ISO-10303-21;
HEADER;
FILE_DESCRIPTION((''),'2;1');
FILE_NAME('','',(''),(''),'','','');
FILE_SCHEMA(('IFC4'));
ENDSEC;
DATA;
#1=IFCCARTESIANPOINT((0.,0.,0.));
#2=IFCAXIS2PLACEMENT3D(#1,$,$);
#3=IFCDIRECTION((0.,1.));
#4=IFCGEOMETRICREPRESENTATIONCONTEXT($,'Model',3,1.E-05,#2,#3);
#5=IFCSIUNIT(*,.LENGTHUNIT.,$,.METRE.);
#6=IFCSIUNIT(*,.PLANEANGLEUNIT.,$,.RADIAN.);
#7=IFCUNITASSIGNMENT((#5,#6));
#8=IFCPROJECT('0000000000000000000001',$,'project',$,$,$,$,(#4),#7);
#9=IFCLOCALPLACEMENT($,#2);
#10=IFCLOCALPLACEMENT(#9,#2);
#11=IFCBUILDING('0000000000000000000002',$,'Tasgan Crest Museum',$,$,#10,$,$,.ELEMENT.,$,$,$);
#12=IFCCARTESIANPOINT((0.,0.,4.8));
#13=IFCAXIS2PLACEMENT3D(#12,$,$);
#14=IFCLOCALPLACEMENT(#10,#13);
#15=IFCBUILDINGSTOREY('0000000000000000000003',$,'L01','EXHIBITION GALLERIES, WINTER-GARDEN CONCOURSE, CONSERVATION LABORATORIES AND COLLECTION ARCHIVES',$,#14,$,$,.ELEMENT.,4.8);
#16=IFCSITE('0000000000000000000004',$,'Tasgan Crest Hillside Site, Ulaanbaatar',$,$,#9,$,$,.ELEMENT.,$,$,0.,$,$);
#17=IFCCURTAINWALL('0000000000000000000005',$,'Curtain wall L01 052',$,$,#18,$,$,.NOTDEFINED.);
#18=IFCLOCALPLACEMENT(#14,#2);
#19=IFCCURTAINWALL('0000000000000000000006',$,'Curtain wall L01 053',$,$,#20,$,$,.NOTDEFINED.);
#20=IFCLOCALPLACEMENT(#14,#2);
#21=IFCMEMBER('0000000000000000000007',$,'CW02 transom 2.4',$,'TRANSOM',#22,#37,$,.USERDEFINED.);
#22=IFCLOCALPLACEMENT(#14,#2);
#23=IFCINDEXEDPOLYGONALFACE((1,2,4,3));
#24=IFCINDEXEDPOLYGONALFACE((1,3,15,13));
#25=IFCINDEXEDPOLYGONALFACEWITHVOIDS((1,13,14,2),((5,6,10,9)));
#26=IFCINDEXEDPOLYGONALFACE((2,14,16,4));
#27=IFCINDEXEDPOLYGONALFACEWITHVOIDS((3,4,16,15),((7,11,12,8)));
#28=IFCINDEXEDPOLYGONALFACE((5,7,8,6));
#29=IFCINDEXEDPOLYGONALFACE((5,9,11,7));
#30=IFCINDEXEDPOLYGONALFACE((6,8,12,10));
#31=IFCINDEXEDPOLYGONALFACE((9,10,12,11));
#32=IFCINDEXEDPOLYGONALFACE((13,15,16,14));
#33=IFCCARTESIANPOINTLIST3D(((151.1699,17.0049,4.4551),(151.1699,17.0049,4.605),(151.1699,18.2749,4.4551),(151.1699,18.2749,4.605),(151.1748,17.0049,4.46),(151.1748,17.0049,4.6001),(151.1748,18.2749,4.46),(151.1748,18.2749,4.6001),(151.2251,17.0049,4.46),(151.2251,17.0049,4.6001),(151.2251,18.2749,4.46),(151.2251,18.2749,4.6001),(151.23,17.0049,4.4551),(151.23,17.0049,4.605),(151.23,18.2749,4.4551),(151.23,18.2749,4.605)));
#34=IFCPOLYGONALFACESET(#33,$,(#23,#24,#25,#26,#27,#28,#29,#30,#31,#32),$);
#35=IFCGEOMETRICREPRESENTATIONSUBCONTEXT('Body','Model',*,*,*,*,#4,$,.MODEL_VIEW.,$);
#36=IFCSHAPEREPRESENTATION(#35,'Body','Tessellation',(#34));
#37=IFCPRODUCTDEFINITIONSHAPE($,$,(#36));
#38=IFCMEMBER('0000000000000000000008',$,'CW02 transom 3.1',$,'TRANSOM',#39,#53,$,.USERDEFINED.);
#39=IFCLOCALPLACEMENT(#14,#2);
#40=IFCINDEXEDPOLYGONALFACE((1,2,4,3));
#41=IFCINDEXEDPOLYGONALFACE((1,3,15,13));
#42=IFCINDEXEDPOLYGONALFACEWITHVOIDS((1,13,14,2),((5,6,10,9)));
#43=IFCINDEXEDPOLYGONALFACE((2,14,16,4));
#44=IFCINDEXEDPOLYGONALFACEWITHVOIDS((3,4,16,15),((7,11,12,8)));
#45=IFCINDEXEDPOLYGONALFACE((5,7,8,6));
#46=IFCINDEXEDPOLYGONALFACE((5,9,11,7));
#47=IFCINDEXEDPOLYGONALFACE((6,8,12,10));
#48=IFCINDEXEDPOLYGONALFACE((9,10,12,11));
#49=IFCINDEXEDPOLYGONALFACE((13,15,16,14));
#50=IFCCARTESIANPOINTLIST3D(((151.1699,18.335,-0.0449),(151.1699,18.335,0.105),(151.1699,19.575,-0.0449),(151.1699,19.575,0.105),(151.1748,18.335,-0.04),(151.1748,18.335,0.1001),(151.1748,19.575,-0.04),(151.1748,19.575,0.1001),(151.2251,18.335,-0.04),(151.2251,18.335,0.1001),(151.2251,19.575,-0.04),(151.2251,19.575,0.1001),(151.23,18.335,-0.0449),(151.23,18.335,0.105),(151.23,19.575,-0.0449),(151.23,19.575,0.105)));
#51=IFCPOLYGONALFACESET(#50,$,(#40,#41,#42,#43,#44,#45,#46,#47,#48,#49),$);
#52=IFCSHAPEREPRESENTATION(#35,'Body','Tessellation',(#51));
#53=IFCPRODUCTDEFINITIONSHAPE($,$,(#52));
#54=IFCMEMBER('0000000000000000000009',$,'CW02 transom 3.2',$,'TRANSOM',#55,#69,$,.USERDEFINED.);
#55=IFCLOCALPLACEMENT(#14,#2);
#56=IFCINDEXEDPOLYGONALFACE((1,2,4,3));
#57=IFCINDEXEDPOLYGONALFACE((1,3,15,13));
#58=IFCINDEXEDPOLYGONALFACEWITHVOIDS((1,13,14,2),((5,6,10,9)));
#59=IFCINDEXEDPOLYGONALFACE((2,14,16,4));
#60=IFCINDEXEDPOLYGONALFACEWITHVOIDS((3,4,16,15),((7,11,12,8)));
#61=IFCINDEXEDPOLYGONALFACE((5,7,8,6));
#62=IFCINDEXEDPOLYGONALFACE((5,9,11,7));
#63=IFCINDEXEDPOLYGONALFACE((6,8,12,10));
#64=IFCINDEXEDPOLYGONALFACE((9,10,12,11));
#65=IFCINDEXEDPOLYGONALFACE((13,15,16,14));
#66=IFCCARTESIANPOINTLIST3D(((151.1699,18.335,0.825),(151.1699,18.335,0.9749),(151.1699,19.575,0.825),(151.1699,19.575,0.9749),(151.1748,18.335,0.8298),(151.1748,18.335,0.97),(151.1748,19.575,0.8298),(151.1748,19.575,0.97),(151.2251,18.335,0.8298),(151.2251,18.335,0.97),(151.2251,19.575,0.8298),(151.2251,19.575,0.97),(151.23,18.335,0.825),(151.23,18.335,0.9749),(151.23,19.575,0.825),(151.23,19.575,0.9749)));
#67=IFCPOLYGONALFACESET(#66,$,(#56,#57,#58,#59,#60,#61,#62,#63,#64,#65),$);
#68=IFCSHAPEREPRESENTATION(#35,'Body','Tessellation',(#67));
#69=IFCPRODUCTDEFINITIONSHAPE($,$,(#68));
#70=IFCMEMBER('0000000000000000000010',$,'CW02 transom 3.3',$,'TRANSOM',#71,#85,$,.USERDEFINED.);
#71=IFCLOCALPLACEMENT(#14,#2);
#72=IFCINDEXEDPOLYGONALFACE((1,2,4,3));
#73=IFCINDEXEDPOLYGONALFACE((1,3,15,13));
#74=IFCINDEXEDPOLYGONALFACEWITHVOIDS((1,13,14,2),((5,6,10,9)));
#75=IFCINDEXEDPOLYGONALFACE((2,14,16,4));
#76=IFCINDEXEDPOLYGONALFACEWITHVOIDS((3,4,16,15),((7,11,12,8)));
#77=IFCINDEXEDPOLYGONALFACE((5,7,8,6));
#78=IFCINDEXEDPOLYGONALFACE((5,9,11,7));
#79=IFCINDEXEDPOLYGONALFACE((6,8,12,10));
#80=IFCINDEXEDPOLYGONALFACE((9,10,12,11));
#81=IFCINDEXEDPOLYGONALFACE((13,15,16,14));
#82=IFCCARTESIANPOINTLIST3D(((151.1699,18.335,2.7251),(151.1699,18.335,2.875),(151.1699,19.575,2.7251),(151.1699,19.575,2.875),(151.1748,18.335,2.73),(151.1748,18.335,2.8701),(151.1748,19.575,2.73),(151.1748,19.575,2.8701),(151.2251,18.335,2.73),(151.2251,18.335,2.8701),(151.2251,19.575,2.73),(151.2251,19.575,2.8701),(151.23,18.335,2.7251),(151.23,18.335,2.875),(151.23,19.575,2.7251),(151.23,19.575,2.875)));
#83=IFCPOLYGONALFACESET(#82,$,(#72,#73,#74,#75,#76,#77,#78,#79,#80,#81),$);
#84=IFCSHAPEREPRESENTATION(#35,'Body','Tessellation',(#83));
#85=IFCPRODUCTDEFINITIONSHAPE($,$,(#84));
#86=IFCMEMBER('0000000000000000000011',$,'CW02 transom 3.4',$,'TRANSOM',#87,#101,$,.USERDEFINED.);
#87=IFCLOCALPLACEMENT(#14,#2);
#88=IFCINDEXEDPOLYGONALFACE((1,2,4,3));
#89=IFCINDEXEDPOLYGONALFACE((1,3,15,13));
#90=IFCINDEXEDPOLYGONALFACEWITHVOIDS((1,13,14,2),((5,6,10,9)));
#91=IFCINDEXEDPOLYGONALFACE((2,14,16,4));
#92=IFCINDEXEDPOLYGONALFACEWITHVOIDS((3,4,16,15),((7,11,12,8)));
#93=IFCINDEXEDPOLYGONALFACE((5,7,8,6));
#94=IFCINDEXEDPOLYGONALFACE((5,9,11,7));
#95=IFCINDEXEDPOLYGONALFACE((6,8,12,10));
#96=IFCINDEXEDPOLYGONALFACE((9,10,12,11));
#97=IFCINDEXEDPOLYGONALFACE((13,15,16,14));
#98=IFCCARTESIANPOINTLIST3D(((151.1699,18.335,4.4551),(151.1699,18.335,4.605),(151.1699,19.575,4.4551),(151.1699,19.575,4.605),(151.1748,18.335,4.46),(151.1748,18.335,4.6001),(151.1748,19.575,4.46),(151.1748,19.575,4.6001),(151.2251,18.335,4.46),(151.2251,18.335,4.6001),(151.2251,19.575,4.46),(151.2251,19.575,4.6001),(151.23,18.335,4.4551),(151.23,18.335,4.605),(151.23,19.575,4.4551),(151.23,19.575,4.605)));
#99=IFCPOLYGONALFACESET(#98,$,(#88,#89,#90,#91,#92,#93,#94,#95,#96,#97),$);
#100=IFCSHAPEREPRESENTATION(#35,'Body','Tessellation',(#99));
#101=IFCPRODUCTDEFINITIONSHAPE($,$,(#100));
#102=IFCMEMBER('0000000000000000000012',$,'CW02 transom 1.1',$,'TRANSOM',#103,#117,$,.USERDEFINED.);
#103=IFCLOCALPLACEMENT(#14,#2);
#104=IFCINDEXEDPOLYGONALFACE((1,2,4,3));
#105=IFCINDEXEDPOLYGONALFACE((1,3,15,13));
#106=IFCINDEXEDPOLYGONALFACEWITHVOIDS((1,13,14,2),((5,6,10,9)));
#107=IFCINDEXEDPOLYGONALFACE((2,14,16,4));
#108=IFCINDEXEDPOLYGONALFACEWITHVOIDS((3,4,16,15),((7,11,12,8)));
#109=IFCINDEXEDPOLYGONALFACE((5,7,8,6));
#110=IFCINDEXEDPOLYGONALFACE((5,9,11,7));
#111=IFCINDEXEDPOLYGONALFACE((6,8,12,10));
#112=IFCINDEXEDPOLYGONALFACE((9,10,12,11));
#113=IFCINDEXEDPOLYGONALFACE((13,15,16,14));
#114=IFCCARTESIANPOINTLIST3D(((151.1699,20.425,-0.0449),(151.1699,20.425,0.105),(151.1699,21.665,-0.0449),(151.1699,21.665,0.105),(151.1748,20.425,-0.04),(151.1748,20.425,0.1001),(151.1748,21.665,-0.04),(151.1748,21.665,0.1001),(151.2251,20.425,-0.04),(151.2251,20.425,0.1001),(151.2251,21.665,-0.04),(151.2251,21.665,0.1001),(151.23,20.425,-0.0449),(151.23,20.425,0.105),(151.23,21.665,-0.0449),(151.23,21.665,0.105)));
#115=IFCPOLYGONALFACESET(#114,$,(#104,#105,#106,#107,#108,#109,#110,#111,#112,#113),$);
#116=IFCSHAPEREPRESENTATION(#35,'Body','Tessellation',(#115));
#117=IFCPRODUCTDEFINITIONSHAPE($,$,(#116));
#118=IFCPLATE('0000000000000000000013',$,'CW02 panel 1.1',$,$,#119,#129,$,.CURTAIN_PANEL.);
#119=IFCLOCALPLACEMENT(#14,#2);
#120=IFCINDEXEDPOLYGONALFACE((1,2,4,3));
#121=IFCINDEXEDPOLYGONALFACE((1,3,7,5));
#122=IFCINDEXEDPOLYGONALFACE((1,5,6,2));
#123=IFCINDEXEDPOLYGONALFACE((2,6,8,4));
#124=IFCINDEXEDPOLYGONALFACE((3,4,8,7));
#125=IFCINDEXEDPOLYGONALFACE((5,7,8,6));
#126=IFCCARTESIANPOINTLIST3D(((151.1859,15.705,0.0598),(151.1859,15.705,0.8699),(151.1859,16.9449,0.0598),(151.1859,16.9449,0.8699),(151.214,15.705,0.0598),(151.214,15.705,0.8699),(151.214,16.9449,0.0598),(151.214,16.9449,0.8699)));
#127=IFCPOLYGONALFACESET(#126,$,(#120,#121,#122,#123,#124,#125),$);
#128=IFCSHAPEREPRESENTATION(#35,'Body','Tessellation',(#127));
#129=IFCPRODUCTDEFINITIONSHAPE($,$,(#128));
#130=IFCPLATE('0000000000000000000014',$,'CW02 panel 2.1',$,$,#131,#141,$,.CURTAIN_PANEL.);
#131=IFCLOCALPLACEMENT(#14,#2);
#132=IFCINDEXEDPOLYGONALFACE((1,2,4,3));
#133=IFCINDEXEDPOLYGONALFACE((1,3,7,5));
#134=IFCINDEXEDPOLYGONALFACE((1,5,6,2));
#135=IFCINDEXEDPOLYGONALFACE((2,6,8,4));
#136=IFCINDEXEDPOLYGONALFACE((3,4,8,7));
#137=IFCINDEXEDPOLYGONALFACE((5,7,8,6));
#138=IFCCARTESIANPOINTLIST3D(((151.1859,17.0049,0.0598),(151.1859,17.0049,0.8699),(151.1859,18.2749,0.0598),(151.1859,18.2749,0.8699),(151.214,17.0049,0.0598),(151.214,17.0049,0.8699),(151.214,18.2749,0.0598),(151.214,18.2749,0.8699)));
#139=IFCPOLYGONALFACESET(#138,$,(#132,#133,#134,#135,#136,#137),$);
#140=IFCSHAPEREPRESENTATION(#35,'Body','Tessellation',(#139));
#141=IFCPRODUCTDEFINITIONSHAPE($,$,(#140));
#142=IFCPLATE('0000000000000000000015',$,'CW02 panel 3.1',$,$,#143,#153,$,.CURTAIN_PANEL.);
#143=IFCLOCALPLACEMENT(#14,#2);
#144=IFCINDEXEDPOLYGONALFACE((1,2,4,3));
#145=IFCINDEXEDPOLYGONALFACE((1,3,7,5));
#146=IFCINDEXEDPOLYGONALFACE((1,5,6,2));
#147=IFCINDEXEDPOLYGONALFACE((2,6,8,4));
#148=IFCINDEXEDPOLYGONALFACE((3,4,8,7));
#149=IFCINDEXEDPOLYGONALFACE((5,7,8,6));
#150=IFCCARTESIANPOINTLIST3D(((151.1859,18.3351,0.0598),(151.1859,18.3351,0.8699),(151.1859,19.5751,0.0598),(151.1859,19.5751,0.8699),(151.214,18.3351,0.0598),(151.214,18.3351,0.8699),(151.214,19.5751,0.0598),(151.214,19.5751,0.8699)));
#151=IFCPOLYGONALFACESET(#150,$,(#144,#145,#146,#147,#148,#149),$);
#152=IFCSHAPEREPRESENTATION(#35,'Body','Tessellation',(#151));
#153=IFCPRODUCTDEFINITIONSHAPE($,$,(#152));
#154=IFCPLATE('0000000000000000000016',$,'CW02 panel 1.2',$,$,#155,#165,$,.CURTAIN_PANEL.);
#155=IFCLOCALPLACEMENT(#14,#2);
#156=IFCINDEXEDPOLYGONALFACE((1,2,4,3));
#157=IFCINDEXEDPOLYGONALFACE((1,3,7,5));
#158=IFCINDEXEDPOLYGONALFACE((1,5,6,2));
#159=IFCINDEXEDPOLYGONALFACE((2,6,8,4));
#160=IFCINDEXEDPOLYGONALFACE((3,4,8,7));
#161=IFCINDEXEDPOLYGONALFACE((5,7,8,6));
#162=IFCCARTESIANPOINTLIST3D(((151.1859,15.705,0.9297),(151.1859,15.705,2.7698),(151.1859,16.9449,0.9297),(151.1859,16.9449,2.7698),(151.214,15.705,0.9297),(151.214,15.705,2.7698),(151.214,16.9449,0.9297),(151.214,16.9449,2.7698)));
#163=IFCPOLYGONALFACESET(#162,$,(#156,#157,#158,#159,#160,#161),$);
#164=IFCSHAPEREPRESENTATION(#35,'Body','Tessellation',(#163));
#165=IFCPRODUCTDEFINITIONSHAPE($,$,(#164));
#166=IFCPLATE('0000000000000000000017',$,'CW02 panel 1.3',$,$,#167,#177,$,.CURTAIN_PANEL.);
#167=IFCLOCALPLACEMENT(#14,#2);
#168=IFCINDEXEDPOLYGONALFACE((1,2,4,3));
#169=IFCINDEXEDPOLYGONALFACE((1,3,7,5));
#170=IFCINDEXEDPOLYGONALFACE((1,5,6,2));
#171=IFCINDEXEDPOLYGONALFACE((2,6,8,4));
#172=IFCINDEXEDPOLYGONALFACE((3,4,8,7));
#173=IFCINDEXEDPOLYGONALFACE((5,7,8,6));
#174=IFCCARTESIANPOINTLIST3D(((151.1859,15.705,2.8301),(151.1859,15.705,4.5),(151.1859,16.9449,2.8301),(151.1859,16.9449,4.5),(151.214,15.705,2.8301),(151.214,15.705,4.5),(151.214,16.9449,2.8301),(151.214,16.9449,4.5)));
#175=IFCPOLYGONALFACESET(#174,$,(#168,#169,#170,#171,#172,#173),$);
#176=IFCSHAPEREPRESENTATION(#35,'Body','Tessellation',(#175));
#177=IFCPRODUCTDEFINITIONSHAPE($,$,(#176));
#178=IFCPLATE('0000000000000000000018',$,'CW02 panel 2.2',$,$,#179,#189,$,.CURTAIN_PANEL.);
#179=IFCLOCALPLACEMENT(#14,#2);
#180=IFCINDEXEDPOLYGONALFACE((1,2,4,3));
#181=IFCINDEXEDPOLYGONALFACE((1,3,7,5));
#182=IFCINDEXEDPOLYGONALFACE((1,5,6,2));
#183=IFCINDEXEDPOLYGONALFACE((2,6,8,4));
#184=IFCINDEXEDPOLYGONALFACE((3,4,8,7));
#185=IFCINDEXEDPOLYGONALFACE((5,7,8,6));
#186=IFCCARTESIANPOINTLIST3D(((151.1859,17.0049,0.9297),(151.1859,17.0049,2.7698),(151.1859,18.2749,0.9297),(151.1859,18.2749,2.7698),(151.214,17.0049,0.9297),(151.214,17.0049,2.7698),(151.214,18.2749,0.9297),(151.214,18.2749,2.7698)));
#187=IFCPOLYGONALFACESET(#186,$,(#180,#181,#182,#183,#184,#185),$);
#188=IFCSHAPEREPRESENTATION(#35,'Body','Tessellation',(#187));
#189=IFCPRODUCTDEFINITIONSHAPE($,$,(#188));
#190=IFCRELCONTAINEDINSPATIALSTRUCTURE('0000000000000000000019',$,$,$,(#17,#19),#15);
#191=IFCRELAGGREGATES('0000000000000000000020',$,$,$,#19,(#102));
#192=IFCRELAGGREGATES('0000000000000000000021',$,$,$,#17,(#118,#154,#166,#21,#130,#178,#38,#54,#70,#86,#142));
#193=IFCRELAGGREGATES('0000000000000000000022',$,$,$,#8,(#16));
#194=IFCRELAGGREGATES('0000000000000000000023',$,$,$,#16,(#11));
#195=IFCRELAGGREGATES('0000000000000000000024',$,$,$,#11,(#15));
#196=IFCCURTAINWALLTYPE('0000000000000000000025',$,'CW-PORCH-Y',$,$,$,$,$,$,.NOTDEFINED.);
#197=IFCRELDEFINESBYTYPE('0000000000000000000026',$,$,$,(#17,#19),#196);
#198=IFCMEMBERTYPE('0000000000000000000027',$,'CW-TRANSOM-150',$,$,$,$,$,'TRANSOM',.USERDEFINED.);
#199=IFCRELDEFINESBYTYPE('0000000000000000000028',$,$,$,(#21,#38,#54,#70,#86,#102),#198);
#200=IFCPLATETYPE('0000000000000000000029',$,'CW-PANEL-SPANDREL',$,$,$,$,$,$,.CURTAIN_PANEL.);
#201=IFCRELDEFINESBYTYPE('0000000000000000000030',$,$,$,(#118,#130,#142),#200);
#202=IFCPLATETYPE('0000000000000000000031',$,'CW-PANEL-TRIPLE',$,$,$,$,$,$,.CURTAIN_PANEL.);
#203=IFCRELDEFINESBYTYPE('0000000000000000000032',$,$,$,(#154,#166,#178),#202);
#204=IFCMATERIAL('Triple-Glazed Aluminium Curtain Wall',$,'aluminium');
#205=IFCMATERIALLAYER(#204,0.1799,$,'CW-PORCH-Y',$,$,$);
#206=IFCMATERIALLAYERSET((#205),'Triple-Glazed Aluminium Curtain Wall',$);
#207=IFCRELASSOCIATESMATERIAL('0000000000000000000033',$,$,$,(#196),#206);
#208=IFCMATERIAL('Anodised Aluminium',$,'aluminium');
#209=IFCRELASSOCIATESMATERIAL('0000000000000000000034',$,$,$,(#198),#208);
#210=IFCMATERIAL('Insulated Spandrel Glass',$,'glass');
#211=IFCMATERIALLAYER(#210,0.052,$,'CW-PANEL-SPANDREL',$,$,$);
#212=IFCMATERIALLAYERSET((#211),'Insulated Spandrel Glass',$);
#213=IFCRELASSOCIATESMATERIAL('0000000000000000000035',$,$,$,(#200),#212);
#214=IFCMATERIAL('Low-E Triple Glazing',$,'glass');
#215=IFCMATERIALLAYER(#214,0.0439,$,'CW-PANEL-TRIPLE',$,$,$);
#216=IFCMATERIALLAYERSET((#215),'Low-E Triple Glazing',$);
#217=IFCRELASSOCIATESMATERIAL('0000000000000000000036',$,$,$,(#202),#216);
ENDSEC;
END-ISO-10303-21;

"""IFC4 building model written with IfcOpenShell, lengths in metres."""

from ifc_helpers import new_model, si_unit, direction, frame, origin, origin_2d, place, context, subcontext, project, spatial, rectangle, hollow_rectangle, extrude, material, layer, layer_set, material_profile, profile_set, type_object, element, aggregate, save


model = new_model("IFC4")

# Units and contexts
model_context = context("Model", 3, precision=1e-05, world=origin(), true_north=direction((0.0, 1.0)))
body_context = subcontext(model_context, "Body", "Model", "MODEL_VIEW")
ifc_project = project(units=[si_unit("LENGTHUNIT", "METRE"), si_unit("PLANEANGLEUNIT", "RADIAN")], contexts=[model_context])

# Site, building, storey
site_placement = place(None, origin())
site = spatial("IfcSite", under=ifc_project, at=site_placement, Name="Tasgan Crest Hillside Site, Ulaanbaatar", CompositionType="ELEMENT", RefElevation=0.0)
building_placement = place(site_placement, origin())
building = spatial("IfcBuilding", under=site, at=building_placement, Name="Tasgan Crest Museum", CompositionType="ELEMENT")
storey_placement = place(building_placement, frame((0.0, 0.0, 4.8)))
storey = spatial("IfcBuildingStorey", under=building, at=storey_placement, Name="L01", Description="EXHIBITION GALLERIES, WINTER-GARDEN CONCOURSE, CONSERVATION LABORATORIES AND COLLECTION ARCHIVES", CompositionType="ELEMENT", Elevation=4.8)

# Curtain wall
ifc_material_1 = material(Name="Triple-Glazed Aluminium Curtain Wall", Category="aluminium")
ifc_layer_1 = layer(ifc_material_1, 0.1799, Name="CW-PORCH-Y")
ifc_layer_set_1 = layer_set([ifc_layer_1], Name="Triple-Glazed Aluminium Curtain Wall")
curtain_wall_type = type_object("IfcCurtainWallType", Name="CW-PORCH-Y", PredefinedType="NOTDEFINED", material=ifc_layer_set_1)
curtain_wall_1_placement = place(storey_placement, origin())
curtain_wall_1 = element("IfcCurtainWall", 1, at=curtain_wall_1_placement, inside=storey, type_object=curtain_wall_type, Name="Curtain wall L01 052", PredefinedType="NOTDEFINED")

# Curtain wall
curtain_wall_2_placement = place(storey_placement, origin())
curtain_wall_2 = element("IfcCurtainWall", 2, at=curtain_wall_2_placement, inside=storey, type_object=curtain_wall_type, Name="Curtain wall L01 053", PredefinedType="NOTDEFINED")

# Members
ifc_material_2 = material(Name="Anodised Aluminium", Category="aluminium")
ifc_material_profile_1 = material_profile(ifc_material_2, hollow_rectangle(XDim=0.0601, YDim=0.1499, WallThickness=0.0049, at=origin_2d()), Name="ALU TRANSOM 150x60x5")
ifc_profile_set_1 = profile_set([ifc_material_profile_1], Name="Anodised Aluminium")
member_type_1 = type_object("IfcMemberType", Name="CW-TRANSOM-150", ElementType="TRANSOM", PredefinedType="USERDEFINED", material=ifc_profile_set_1)
member_1_placement = place(storey_placement, frame((151.2, 17.0049, 4.53), z_axis=(0.0, 1.0, 0.0), x_axis=(-1.0, 0.0, 0.0)))
member_1 = element("IfcMember", 3, at=member_1_placement, type_object=member_type_1, Name="CW02 transom 2.4", ObjectType="TRANSOM", PredefinedType="USERDEFINED", context=body_context, shape_type="SweptSolid", body=[
    extrude(hollow_rectangle(XDim=0.0601, YDim=0.1499, WallThickness=0.0049, at=origin_2d()), origin(), (0.0, 0.0, 1.0), 1.27),
])
member_2_placement = place(storey_placement, frame((151.2, 18.335, 0.03), z_axis=(0.0, 1.0, 0.0), x_axis=(-1.0, 0.0, 0.0)))
member_2 = element("IfcMember", 4, at=member_2_placement, type_object=member_type_1, Name="CW02 transom 3.1", ObjectType="TRANSOM", PredefinedType="USERDEFINED", context=body_context, shape_type="SweptSolid", body=[
    extrude(hollow_rectangle(XDim=0.0601, YDim=0.1499, WallThickness=0.0049, at=origin_2d()), origin(), (0.0, 0.0, 1.0), 1.24),
])
member_3_placement = place(storey_placement, frame((151.2, 18.335, 0.8999), z_axis=(0.0, 1.0, 0.0), x_axis=(-1.0, 0.0, 0.0)))
member_3 = element("IfcMember", 5, at=member_3_placement, type_object=member_type_1, Name="CW02 transom 3.2", ObjectType="TRANSOM", PredefinedType="USERDEFINED", context=body_context, shape_type="SweptSolid", body=[
    extrude(hollow_rectangle(XDim=0.0601, YDim=0.1499, WallThickness=0.0049, at=origin_2d()), origin(), (0.0, 0.0, 1.0), 1.24),
])
member_4_placement = place(storey_placement, frame((151.2, 18.335, 2.8), z_axis=(0.0, 1.0, 0.0), x_axis=(-1.0, 0.0, 0.0)))
member_4 = element("IfcMember", 6, at=member_4_placement, type_object=member_type_1, Name="CW02 transom 3.3", ObjectType="TRANSOM", PredefinedType="USERDEFINED", context=body_context, shape_type="SweptSolid", body=[
    extrude(hollow_rectangle(XDim=0.0601, YDim=0.1499, WallThickness=0.0049, at=origin_2d()), origin(), (0.0, 0.0, 1.0), 1.24),
])
member_5_placement = place(storey_placement, frame((151.2, 18.335, 4.53), z_axis=(0.0, 1.0, 0.0), x_axis=(-1.0, 0.0, 0.0)))
member_5 = element("IfcMember", 7, at=member_5_placement, type_object=member_type_1, Name="CW02 transom 3.4", ObjectType="TRANSOM", PredefinedType="USERDEFINED", context=body_context, shape_type="SweptSolid", body=[
    extrude(hollow_rectangle(XDim=0.0601, YDim=0.1499, WallThickness=0.0049, at=origin_2d()), origin(), (0.0, 0.0, 1.0), 1.24),
])
member_6_placement = place(storey_placement, frame((151.2, 20.425, 0.03), z_axis=(0.0, 1.0, 0.0), x_axis=(-1.0, 0.0, 0.0)))
member_6 = element("IfcMember", 8, at=member_6_placement, type_object=member_type_1, Name="CW02 transom 1.1", ObjectType="TRANSOM", PredefinedType="USERDEFINED", context=body_context, shape_type="SweptSolid", body=[
    extrude(hollow_rectangle(XDim=0.0601, YDim=0.1499, WallThickness=0.0049, at=origin_2d()), origin(), (0.0, 0.0, 1.0), 1.24),
])
aggregate(curtain_wall_2, [member_6])

# Plates
ifc_material_3 = material(Name="Insulated Spandrel Glass", Category="glass")
ifc_layer_2 = layer(ifc_material_3, 0.052, Name="CW-PANEL-SPANDREL")
ifc_layer_set_2 = layer_set([ifc_layer_2], Name="Insulated Spandrel Glass")
plate_type_1 = type_object("IfcPlateType", Name="CW-PANEL-SPANDREL", PredefinedType="CURTAIN_PANEL", material=ifc_layer_set_2)
plate_1_placement = place(storey_placement, frame((151.2, 16.325, 0.0598), z_axis=(0.0, 0.0, 1.0), x_axis=(0.0, 1.0, 0.0)))
plate_1 = element("IfcPlate", 9, at=plate_1_placement, type_object=plate_type_1, Name="CW02 panel 1.1", PredefinedType="CURTAIN_PANEL", context=body_context, shape_type="SweptSolid", body=[
    extrude(rectangle(XDim=1.24, YDim=0.0281, at=origin_2d()), origin(), (0.0, 0.0, 1.0), 0.8101),
])
plate_2_placement = place(storey_placement, frame((151.2, 17.6399, 0.0598), z_axis=(0.0, 0.0, 1.0), x_axis=(0.0, 1.0, 0.0)))
plate_2 = element("IfcPlate", 10, at=plate_2_placement, type_object=plate_type_1, Name="CW02 panel 2.1", PredefinedType="CURTAIN_PANEL", context=body_context, shape_type="SweptSolid", body=[
    extrude(rectangle(XDim=1.27, YDim=0.0281, at=origin_2d()), origin(), (0.0, 0.0, 1.0), 0.8101),
])
plate_3_placement = place(storey_placement, frame((151.2, 18.9551, 0.0598), z_axis=(0.0, 0.0, 1.0), x_axis=(0.0, 1.0, 0.0)))
plate_3 = element("IfcPlate", 11, at=plate_3_placement, type_object=plate_type_1, Name="CW02 panel 3.1", PredefinedType="CURTAIN_PANEL", context=body_context, shape_type="SweptSolid", body=[
    extrude(rectangle(XDim=1.24, YDim=0.0281, at=origin_2d()), origin(), (0.0, 0.0, 1.0), 0.8101),
])
ifc_material_4 = material(Name="Low-E Triple Glazing", Category="glass")
ifc_layer_3 = layer(ifc_material_4, 0.0439, Name="CW-PANEL-TRIPLE")
ifc_layer_set_3 = layer_set([ifc_layer_3], Name="Low-E Triple Glazing")
plate_type_2 = type_object("IfcPlateType", Name="CW-PANEL-TRIPLE", PredefinedType="CURTAIN_PANEL", material=ifc_layer_set_3)
plate_4_placement = place(storey_placement, frame((151.2, 16.325, 0.9297), z_axis=(0.0, 0.0, 1.0), x_axis=(0.0, 1.0, 0.0)))
plate_4 = element("IfcPlate", 12, at=plate_4_placement, type_object=plate_type_2, Name="CW02 panel 1.2", PredefinedType="CURTAIN_PANEL", context=body_context, shape_type="SweptSolid", body=[
    extrude(rectangle(XDim=1.24, YDim=0.0281, at=origin_2d()), origin(), (0.0, 0.0, 1.0), 1.8401),
])
plate_5_placement = place(storey_placement, frame((151.2, 16.325, 2.8301), z_axis=(0.0, 0.0, 1.0), x_axis=(0.0, 1.0, 0.0)))
plate_5 = element("IfcPlate", 13, at=plate_5_placement, type_object=plate_type_2, Name="CW02 panel 1.3", PredefinedType="CURTAIN_PANEL", context=body_context, shape_type="SweptSolid", body=[
    extrude(rectangle(XDim=1.24, YDim=0.0281, at=origin_2d()), origin(), (0.0, 0.0, 1.0), 1.6699),
])
plate_6_placement = place(storey_placement, frame((151.2, 17.6399, 0.9297), z_axis=(0.0, 0.0, 1.0), x_axis=(0.0, 1.0, 0.0)))
plate_6 = element("IfcPlate", 14, at=plate_6_placement, type_object=plate_type_2, Name="CW02 panel 2.2", PredefinedType="CURTAIN_PANEL", context=body_context, shape_type="SweptSolid", body=[
    extrude(rectangle(XDim=1.27, YDim=0.0281, at=origin_2d()), origin(), (0.0, 0.0, 1.0), 1.8401),
])
aggregate(curtain_wall_1, [plate_1, plate_4, plate_5, member_1, plate_2, plate_6, member_2, member_3, member_4, member_5, plate_3])

save(model, "model.ifc")
